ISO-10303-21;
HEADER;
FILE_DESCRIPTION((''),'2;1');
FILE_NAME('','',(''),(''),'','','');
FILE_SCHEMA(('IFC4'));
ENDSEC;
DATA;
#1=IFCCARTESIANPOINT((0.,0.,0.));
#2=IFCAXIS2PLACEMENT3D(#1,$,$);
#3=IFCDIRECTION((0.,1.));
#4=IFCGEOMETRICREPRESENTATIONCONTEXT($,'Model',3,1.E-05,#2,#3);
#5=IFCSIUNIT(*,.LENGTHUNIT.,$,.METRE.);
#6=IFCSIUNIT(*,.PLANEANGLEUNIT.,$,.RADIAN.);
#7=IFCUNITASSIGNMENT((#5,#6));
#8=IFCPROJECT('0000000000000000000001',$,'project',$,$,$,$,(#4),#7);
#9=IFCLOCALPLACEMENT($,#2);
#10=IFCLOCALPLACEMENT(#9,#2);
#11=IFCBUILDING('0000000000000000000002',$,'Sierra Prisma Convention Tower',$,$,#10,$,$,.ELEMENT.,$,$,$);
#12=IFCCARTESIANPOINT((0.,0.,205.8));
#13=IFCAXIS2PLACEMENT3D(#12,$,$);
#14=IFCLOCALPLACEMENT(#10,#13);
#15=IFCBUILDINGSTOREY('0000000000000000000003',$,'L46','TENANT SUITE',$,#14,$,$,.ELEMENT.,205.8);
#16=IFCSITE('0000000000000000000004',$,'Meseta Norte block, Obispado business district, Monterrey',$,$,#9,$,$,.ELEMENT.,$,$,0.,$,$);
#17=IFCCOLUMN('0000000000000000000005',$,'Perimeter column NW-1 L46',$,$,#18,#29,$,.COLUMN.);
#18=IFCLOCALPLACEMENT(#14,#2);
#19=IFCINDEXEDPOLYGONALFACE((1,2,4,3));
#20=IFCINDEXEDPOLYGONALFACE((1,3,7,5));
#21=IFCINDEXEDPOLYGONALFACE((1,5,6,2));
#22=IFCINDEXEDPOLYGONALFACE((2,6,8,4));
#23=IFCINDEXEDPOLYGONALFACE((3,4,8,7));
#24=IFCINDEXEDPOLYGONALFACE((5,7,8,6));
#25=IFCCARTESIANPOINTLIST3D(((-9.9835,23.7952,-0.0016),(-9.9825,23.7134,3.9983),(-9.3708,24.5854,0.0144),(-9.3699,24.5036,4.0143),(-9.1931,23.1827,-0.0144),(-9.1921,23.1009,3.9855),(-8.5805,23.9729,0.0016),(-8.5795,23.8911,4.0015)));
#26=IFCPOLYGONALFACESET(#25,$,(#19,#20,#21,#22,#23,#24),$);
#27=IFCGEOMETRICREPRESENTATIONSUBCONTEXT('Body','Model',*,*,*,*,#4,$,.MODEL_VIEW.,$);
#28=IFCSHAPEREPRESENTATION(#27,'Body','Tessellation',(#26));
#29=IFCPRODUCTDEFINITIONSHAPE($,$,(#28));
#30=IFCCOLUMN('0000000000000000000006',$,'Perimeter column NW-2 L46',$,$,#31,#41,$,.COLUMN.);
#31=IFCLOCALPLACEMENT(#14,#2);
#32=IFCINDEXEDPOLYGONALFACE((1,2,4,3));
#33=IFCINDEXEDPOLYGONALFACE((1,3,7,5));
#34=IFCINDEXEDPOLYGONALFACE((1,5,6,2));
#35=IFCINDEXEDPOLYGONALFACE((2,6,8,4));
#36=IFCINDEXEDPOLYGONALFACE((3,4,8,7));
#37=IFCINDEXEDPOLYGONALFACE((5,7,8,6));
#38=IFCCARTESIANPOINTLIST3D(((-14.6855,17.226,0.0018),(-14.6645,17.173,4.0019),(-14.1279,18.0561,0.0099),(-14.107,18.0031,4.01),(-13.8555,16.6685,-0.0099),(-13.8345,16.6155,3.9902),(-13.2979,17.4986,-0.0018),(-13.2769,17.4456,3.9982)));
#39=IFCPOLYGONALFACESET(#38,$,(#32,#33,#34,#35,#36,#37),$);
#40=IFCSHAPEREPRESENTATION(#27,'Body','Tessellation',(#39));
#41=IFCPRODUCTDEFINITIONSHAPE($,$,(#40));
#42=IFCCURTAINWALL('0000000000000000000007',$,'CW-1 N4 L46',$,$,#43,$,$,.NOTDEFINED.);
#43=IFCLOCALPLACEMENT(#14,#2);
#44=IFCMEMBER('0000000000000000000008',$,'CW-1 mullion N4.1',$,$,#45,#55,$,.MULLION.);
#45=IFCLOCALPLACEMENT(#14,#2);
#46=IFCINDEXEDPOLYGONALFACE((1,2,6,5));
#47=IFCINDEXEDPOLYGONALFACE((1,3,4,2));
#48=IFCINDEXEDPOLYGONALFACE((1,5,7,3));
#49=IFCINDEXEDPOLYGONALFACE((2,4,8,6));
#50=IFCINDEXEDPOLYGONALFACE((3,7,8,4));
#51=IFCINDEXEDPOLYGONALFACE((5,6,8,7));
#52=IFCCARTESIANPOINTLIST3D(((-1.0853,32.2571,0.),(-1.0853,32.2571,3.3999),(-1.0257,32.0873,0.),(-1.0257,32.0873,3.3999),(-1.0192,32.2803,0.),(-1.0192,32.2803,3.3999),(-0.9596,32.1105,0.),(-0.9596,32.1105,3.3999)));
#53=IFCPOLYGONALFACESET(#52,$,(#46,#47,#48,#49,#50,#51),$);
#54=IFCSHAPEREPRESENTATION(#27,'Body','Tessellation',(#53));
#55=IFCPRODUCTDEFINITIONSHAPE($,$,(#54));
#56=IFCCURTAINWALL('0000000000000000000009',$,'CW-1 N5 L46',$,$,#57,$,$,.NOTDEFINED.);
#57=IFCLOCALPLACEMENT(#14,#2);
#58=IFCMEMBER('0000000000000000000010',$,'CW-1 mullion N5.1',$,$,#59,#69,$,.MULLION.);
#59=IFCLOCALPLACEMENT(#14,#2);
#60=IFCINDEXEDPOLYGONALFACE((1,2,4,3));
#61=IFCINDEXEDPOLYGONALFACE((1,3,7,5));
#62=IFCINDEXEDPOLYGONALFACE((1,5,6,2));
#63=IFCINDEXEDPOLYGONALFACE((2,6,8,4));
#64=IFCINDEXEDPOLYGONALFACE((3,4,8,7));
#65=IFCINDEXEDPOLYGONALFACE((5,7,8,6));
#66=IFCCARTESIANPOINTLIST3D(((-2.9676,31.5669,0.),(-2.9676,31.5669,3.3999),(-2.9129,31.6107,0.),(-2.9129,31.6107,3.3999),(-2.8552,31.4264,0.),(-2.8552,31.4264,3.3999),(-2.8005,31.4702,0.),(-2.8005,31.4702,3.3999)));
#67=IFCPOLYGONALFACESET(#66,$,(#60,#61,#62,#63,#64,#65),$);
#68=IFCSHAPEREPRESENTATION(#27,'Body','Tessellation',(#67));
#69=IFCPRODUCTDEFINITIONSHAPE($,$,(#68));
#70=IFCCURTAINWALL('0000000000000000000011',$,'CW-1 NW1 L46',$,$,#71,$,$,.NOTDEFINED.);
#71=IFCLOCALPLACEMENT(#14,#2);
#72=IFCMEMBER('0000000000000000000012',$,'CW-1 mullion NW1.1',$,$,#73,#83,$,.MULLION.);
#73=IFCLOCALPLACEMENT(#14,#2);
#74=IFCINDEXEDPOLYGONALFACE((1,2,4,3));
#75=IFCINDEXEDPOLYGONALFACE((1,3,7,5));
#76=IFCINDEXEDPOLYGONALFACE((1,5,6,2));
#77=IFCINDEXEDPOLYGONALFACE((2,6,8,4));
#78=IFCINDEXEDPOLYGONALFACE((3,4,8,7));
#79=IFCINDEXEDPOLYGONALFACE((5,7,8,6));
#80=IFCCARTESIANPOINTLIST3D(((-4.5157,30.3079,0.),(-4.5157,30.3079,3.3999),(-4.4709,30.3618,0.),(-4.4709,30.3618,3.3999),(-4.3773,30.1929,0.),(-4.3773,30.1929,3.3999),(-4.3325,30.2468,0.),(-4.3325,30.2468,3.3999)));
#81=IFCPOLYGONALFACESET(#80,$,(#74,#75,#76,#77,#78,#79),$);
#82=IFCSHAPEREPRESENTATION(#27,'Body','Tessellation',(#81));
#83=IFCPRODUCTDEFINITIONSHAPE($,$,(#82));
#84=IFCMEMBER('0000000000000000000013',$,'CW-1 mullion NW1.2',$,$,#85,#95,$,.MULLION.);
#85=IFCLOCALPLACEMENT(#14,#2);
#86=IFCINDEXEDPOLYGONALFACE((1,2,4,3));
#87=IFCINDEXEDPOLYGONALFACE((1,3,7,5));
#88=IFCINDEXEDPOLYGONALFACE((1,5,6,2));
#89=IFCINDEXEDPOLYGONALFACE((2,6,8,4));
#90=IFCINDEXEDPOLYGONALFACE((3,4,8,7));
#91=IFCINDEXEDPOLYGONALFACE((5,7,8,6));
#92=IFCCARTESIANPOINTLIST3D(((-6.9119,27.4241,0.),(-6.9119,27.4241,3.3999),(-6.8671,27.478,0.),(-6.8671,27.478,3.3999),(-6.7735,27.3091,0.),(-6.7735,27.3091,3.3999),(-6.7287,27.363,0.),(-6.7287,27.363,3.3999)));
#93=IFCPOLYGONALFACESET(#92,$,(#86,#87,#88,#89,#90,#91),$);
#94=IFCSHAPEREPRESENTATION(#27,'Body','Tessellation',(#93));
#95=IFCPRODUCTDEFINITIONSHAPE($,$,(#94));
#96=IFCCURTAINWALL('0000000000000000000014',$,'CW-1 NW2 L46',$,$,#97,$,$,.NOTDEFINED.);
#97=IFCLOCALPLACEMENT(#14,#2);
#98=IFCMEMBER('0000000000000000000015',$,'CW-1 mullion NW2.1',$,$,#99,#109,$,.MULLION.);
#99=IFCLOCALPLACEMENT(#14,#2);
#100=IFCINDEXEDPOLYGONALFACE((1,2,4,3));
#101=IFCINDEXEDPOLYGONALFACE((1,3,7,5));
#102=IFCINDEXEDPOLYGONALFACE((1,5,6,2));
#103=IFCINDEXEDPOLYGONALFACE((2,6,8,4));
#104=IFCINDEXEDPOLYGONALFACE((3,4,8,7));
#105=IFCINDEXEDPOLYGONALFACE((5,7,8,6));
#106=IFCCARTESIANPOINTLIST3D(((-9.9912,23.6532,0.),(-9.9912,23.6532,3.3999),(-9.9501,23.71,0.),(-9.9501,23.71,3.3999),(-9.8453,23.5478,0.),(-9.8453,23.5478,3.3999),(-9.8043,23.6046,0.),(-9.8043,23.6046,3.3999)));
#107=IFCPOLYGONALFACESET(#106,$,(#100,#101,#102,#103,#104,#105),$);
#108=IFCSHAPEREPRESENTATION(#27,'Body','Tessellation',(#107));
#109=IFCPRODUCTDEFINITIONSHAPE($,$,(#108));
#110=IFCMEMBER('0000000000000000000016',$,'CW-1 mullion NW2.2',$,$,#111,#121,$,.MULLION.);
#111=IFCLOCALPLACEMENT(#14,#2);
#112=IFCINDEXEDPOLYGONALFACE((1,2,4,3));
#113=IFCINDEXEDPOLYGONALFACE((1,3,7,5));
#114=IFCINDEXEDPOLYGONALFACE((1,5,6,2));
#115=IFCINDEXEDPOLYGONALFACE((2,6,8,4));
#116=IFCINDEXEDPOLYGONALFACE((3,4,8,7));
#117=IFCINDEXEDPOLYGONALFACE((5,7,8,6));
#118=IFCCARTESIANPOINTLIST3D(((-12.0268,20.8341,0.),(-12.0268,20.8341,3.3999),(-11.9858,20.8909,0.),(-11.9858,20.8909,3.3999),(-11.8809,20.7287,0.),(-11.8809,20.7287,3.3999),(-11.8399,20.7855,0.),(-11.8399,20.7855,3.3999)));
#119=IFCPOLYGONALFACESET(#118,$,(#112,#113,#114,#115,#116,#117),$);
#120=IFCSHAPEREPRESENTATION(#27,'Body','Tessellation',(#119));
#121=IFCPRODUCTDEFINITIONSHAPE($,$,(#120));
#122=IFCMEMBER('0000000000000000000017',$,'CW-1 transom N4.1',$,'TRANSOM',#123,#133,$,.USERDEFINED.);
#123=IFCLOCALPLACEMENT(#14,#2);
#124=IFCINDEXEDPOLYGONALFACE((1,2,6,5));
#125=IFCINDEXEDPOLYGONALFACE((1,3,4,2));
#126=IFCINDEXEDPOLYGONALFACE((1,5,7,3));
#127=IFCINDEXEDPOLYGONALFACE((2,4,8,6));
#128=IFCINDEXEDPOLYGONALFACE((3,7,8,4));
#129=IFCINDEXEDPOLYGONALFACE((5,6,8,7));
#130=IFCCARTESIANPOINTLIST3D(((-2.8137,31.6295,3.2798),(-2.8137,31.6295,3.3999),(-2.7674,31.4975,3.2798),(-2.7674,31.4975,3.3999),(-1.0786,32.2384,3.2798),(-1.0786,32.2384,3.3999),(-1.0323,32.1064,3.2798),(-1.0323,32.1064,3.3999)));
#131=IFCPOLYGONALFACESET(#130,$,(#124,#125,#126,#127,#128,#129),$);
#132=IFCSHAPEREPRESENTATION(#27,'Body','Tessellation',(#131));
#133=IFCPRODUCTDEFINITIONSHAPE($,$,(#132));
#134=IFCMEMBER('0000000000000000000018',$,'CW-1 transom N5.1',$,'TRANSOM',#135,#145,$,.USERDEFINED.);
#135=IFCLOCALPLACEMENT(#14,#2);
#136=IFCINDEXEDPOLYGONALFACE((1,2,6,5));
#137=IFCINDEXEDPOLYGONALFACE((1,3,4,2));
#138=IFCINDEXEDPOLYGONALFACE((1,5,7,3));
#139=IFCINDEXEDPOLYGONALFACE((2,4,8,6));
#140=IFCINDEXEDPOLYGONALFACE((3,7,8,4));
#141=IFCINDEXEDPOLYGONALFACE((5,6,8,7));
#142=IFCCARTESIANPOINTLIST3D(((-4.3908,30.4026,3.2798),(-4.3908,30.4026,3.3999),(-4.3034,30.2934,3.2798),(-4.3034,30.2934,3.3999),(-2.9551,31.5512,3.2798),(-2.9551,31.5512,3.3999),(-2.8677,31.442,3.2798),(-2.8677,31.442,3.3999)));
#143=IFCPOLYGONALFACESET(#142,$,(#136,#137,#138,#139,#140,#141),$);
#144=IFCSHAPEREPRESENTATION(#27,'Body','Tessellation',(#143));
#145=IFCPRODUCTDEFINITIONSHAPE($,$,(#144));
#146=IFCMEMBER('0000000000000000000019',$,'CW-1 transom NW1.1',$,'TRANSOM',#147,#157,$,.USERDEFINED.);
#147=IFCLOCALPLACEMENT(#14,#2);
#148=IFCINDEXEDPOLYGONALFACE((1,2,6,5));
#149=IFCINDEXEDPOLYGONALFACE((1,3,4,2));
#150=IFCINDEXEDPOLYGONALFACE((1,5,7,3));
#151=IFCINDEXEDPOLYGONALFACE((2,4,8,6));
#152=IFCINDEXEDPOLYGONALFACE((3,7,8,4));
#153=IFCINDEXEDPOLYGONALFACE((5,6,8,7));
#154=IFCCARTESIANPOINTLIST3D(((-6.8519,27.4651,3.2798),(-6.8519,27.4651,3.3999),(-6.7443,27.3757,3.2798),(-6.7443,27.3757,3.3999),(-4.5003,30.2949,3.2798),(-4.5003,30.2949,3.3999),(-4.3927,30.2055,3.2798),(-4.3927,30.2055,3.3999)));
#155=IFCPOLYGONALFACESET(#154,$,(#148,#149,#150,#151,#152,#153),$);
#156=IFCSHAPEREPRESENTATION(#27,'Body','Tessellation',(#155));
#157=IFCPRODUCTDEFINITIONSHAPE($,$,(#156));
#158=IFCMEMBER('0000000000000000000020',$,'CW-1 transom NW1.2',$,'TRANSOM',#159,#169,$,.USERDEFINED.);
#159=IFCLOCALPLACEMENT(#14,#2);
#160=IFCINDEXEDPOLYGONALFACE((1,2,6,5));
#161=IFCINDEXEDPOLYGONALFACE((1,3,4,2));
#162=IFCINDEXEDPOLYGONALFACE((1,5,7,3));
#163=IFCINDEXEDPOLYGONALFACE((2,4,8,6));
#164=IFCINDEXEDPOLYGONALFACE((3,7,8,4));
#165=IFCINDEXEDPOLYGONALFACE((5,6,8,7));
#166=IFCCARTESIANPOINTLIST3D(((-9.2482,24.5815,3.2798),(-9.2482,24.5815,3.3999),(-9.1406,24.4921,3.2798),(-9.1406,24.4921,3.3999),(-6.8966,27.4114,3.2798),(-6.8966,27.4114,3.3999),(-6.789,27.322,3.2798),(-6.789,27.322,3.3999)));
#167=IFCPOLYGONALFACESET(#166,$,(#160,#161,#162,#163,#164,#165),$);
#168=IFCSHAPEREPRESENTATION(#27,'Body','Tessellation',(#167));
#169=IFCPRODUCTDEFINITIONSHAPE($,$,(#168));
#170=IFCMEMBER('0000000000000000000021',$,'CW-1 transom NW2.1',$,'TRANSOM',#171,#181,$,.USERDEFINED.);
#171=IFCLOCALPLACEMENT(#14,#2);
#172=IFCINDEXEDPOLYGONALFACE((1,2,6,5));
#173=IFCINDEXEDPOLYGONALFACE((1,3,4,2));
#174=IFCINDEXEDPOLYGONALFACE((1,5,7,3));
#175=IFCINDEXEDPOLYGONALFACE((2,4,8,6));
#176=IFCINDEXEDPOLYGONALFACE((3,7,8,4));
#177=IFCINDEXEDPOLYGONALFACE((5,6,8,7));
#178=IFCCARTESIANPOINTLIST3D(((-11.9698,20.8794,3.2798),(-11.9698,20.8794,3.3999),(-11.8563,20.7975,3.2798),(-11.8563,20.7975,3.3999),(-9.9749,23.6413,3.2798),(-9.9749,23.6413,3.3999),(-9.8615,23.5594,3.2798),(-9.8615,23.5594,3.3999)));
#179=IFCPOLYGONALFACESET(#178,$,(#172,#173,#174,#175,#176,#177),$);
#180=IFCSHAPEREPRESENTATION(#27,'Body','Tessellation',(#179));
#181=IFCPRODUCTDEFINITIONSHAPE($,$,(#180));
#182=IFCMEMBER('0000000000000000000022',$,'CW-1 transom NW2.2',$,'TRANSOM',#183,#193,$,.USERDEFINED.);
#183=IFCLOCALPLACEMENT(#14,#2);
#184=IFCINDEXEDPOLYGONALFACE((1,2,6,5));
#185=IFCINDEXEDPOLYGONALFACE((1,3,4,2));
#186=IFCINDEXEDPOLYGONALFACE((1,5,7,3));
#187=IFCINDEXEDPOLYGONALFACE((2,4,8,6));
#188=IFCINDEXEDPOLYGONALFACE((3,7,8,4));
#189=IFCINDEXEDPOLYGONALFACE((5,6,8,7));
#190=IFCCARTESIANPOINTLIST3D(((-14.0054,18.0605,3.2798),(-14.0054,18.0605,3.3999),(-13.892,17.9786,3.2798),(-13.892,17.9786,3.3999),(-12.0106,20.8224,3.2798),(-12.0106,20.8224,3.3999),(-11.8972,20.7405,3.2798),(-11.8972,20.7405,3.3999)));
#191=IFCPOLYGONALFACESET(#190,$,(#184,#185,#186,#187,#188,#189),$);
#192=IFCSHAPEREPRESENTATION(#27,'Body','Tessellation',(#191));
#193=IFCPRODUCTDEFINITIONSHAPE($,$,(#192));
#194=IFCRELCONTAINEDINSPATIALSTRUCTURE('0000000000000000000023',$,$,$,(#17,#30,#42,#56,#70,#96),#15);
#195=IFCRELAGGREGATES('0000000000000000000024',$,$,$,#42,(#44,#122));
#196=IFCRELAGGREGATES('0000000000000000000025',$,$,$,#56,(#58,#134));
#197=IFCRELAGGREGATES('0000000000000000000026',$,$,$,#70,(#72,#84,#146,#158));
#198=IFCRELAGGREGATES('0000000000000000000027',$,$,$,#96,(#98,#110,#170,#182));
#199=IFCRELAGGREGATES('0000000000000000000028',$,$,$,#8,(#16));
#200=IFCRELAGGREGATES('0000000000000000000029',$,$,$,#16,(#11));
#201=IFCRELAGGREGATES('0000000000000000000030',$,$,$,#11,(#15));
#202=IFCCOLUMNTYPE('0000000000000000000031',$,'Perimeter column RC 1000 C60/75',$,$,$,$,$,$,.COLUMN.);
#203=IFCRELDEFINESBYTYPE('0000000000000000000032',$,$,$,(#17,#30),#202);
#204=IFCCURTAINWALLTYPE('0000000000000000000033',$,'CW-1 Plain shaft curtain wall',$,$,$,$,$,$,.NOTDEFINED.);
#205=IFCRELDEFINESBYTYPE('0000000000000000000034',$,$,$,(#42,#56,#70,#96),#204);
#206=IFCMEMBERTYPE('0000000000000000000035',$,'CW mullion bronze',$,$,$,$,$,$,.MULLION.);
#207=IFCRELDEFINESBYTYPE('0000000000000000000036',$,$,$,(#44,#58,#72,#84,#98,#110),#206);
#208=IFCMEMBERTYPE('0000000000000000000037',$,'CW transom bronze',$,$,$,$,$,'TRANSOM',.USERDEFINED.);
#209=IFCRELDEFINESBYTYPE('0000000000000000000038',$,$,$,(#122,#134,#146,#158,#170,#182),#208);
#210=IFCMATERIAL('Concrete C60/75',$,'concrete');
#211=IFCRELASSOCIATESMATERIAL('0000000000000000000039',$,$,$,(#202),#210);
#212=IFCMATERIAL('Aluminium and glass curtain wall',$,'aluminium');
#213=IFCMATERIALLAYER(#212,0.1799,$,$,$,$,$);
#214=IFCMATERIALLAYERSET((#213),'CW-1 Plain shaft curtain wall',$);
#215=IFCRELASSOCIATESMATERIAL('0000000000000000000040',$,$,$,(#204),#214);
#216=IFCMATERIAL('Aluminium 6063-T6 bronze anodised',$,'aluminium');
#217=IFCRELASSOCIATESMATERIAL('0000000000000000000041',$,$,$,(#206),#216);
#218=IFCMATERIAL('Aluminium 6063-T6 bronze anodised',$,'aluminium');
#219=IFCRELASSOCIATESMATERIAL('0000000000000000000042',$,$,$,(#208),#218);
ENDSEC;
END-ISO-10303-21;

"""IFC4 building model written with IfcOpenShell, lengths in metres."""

from ifc_helpers import new_model, si_unit, direction, frame, origin, origin_2d, place, context, subcontext, project, spatial, rectangle, extrude, material, layer, layer_set, material_profile, profile_set, type_object, element, aggregate, save


model = new_model("IFC4")

# Units and contexts
model_context = context("Model", 3, precision=1e-05, world=origin(), true_north=direction((0.0, 1.0)))
body_context = subcontext(model_context, "Body", "Model", "MODEL_VIEW")
ifc_project = project(units=[si_unit("LENGTHUNIT", "METRE"), si_unit("PLANEANGLEUNIT", "RADIAN")], contexts=[model_context])

# Site, building, storey
site_placement = place(None, origin())
site = spatial("IfcSite", under=ifc_project, at=site_placement, Name="Meseta Norte block, Obispado business district, Monterrey", CompositionType="ELEMENT", RefElevation=0.0)
building_placement = place(site_placement, origin())
building = spatial("IfcBuilding", under=site, at=building_placement, Name="Sierra Prisma Convention Tower", CompositionType="ELEMENT")
storey_placement = place(building_placement, frame((0.0, 0.0, 205.8)))
storey = spatial("IfcBuildingStorey", under=building, at=storey_placement, Name="L46", Description="TENANT SUITE", CompositionType="ELEMENT", Elevation=205.8)

# Columns
ifc_material_1 = material(Name="Concrete C60/75", Category="concrete")
ifc_material_profile_1 = material_profile(ifc_material_1, rectangle(XDim=1.0, YDim=1.0, at=origin_2d()), Name="Perimeter column RC 1000 C60/75")
ifc_profile_set_1 = profile_set([ifc_material_profile_1], Name="Concrete C60/75")
column_type = type_object("IfcColumnType", Name="Perimeter column RC 1000 C60/75", PredefinedType="COLUMN", material=ifc_profile_set_1)
column_1_placement = place(storey_placement, frame((-9.282, 23.884, 0.0), z_axis=(0.000244, -0.020443, 0.999791), x_axis=(0.612639, 0.7902, 0.016007)))
element("IfcColumn", 1, at=column_1_placement, inside=storey, type_object=column_type, Name="Perimeter column NW-1 L46", PredefinedType="COLUMN", context=body_context, shape_type="SweptSolid", body=[
    extrude(rectangle(XDim=1.0, YDim=1.0, at=origin_2d()), origin(), (0.0, 0.0, 1.0), 4.0007),
])
column_2_placement = place(storey_placement, frame((-13.9917, 17.3623, 0.0), z_axis=(0.005248, -0.013243, 0.999899), x_axis=(0.557597, 0.830073, 0.008067)))
element("IfcColumn", 2, at=column_2_placement, inside=storey, type_object=column_type, Name="Perimeter column NW-2 L46", PredefinedType="COLUMN", context=body_context, shape_type="SweptSolid", body=[
    extrude(rectangle(XDim=1.0, YDim=1.0, at=origin_2d()), origin(), (0.0, 0.0, 1.0), 4.0005),
])

# Curtain walls, members
ifc_material_2 = material(Name="Aluminium and glass curtain wall", Category="aluminium")
ifc_layer_1 = layer(ifc_material_2, 0.1799)
ifc_layer_set_1 = layer_set([ifc_layer_1], Name="CW-1 Plain shaft curtain wall")
curtain_wall_type = type_object("IfcCurtainWallType", Name="CW-1 Plain shaft curtain wall", PredefinedType="NOTDEFINED", material=ifc_layer_set_1)
curtain_wall_1_placement = place(storey_placement, origin())
curtain_wall_1 = element("IfcCurtainWall", 3, at=curtain_wall_1_placement, inside=storey, type_object=curtain_wall_type, Name="CW-1 N4 L46", PredefinedType="NOTDEFINED")
ifc_material_3 = material(Name="Aluminium 6063-T6 bronze anodised", Category="aluminium")
ifc_material_profile_2 = material_profile(ifc_material_3, rectangle(XDim=0.1799, YDim=0.0701, at=origin_2d()), Name="ALU MULLION 70x180")
ifc_profile_set_2 = profile_set([ifc_material_profile_2], Name="Aluminium 6063-T6 bronze anodised")
member_type_1 = type_object("IfcMemberType", Name="CW mullion bronze", PredefinedType="MULLION", material=ifc_profile_set_2)
member_1_placement = place(storey_placement, frame((-1.0225, 32.1838, 0.0), z_axis=(0.0, 0.0, 1.0), x_axis=(0.331035, -0.943618, 0.0)))
member_1 = element("IfcMember", 4, at=member_1_placement, type_object=member_type_1, Name="CW-1 mullion N4.1", PredefinedType="MULLION", context=body_context, shape_type="SweptSolid", body=[
    extrude(rectangle(XDim=0.1799, YDim=0.0701, at=origin_2d()), origin(), (0.0, 0.0, 1.0), 3.3999),
])
curtain_wall_2_placement = place(storey_placement, origin())
curtain_wall_2 = element("IfcCurtainWall", 5, at=curtain_wall_2_placement, inside=storey, type_object=curtain_wall_type, Name="CW-1 N5 L46", PredefinedType="NOTDEFINED")
member_2_placement = place(storey_placement, frame((-2.884, 31.5186, 0.0), z_axis=(0.0, 0.0, 1.0), x_axis=(0.624742, -0.780832, 0.0)))
member_2 = element("IfcMember", 6, at=member_2_placement, type_object=member_type_1, Name="CW-1 mullion N5.1", PredefinedType="MULLION", context=body_context, shape_type="SweptSolid", body=[
    extrude(rectangle(XDim=0.1799, YDim=0.0701, at=origin_2d()), origin(), (0.0, 0.0, 1.0), 3.3999),
])

# Curtain walls, members
curtain_wall_3_placement = place(storey_placement, origin())
curtain_wall_3 = element("IfcCurtainWall", 7, at=curtain_wall_3_placement, inside=storey, type_object=curtain_wall_type, Name="CW-1 NW1 L46", PredefinedType="NOTDEFINED")
member_3_placement = place(storey_placement, frame((-4.4241, 30.2773, 0.0), z_axis=(0.0, 0.0, 1.0), x_axis=(0.769112, -0.639114, 0.0)))
member_3 = element("IfcMember", 8, at=member_3_placement, type_object=member_type_1, Name="CW-1 mullion NW1.1", PredefinedType="MULLION", context=body_context, shape_type="SweptSolid", body=[
    extrude(rectangle(XDim=0.1799, YDim=0.0701, at=origin_2d()), origin(), (0.0, 0.0, 1.0), 3.3999),
])
member_4_placement = place(storey_placement, frame((-6.8203, 27.3936, 0.0), z_axis=(0.0, 0.0, 1.0), x_axis=(0.769112, -0.639114, 0.0)))
member_4 = element("IfcMember", 9, at=member_4_placement, type_object=member_type_1, Name="CW-1 mullion NW1.2", PredefinedType="MULLION", context=body_context, shape_type="SweptSolid", body=[
    extrude(rectangle(XDim=0.1799, YDim=0.0701, at=origin_2d()), origin(), (0.0, 0.0, 1.0), 3.3999),
])
curtain_wall_4_placement = place(storey_placement, origin())
curtain_wall_4 = element("IfcCurtainWall", 10, at=curtain_wall_4_placement, inside=storey, type_object=curtain_wall_type, Name="CW-1 NW2 L46", PredefinedType="NOTDEFINED")
member_5_placement = place(storey_placement, frame((-9.8977, 23.6289, 0.0), z_axis=(0.0, 0.0, 1.0), x_axis=(0.810701, -0.58546, 0.0)))
member_5 = element("IfcMember", 11, at=member_5_placement, type_object=member_type_1, Name="CW-1 mullion NW2.1", PredefinedType="MULLION", context=body_context, shape_type="SweptSolid", body=[
    extrude(rectangle(XDim=0.1799, YDim=0.0701, at=origin_2d()), origin(), (0.0, 0.0, 1.0), 3.3999),
])
member_6_placement = place(storey_placement, frame((-11.9333, 20.8098, 0.0), z_axis=(0.0, 0.0, 1.0), x_axis=(0.810701, -0.58546, 0.0)))
member_6 = element("IfcMember", 12, at=member_6_placement, type_object=member_type_1, Name="CW-1 mullion NW2.2", PredefinedType="MULLION", context=body_context, shape_type="SweptSolid", body=[
    extrude(rectangle(XDim=0.1799, YDim=0.0701, at=origin_2d()), origin(), (0.0, 0.0, 1.0), 3.3999),
])

# Members
ifc_material_4 = material(Name="Aluminium 6063-T6 bronze anodised", Category="aluminium")
ifc_material_profile_3 = material_profile(ifc_material_4, rectangle(XDim=0.1399, YDim=0.1201, at=origin_2d()), Name="ALU TRANSOM 120x140")
ifc_profile_set_3 = profile_set([ifc_material_profile_3], Name="Aluminium 6063-T6 bronze anodised")
member_type_2 = type_object("IfcMemberType", Name="CW transom bronze", ElementType="TRANSOM", PredefinedType="USERDEFINED", material=ifc_profile_set_3)
member_7_placement = place(storey_placement, frame((-1.0554, 32.1724, 3.3398), z_axis=(-0.943587, -0.331125, 0.0), x_axis=(0.331125, -0.943587, 0.0)))
member_7 = element("IfcMember", 13, at=member_7_placement, type_object=member_type_2, Name="CW-1 transom N4.1", ObjectType="TRANSOM", PredefinedType="USERDEFINED", context=body_context, shape_type="SweptSolid", body=[
    extrude(rectangle(XDim=0.1399, YDim=0.1201, at=origin_2d()), origin(), (0.0, 0.0, 1.0), 1.8389),
])
member_8_placement = place(storey_placement, frame((-2.9114, 31.4966, 3.3398), z_axis=(-0.780856, -0.624711, 0.0), x_axis=(0.624711, -0.780856, 0.0)))
member_8 = element("IfcMember", 14, at=member_8_placement, type_object=member_type_2, Name="CW-1 transom N5.1", ObjectType="TRANSOM", PredefinedType="USERDEFINED", context=body_context, shape_type="SweptSolid", body=[
    extrude(rectangle(XDim=0.1399, YDim=0.1201, at=origin_2d()), origin(), (0.0, 0.0, 1.0), 1.8386),
])
member_9_placement = place(storey_placement, frame((-4.4465, 30.2502, 3.3398), z_axis=(-0.63912, -0.769107, 0.0), x_axis=(0.769107, -0.63912, 0.0)))
member_9 = element("IfcMember", 15, at=member_9_placement, type_object=member_type_2, Name="CW-1 transom NW1.1", ObjectType="TRANSOM", PredefinedType="USERDEFINED", context=body_context, shape_type="SweptSolid", body=[
    extrude(rectangle(XDim=0.1399, YDim=0.1201, at=origin_2d()), origin(), (0.0, 0.0, 1.0), 3.6794),
])
member_10_placement = place(storey_placement, frame((-6.8428, 27.3667, 3.3398), z_axis=(-0.63912, -0.769107, 0.0), x_axis=(0.769107, -0.63912, 0.0)))
member_10 = element("IfcMember", 16, at=member_10_placement, type_object=member_type_2, Name="CW-1 transom NW1.2", ObjectType="TRANSOM", PredefinedType="USERDEFINED", context=body_context, shape_type="SweptSolid", body=[
    extrude(rectangle(XDim=0.1399, YDim=0.1201, at=origin_2d()), origin(), (0.0, 0.0, 1.0), 3.6794),
])
member_11_placement = place(storey_placement, frame((-9.9182, 23.6003, 3.3398), z_axis=(-0.585514, -0.810662, 0.0), x_axis=(0.810662, -0.585514, 0.0)))
member_11 = element("IfcMember", 17, at=member_11_placement, type_object=member_type_2, Name="CW-1 transom NW2.1", ObjectType="TRANSOM", PredefinedType="USERDEFINED", context=body_context, shape_type="SweptSolid", body=[
    extrude(rectangle(XDim=0.1399, YDim=0.1201, at=origin_2d()), origin(), (0.0, 0.0, 1.0), 3.407),
])
member_12_placement = place(storey_placement, frame((-11.9539, 20.7815, 3.3398), z_axis=(-0.585514, -0.810662, 0.0), x_axis=(0.810662, -0.585514, 0.0)))
member_12 = element("IfcMember", 18, at=member_12_placement, type_object=member_type_2, Name="CW-1 transom NW2.2", ObjectType="TRANSOM", PredefinedType="USERDEFINED", context=body_context, shape_type="SweptSolid", body=[
    extrude(rectangle(XDim=0.1399, YDim=0.1201, at=origin_2d()), origin(), (0.0, 0.0, 1.0), 3.407),
])

aggregate(curtain_wall_1, [member_1, member_7])
aggregate(curtain_wall_2, [member_2, member_8])
aggregate(curtain_wall_3, [member_3, member_4, member_9, member_10])
aggregate(curtain_wall_4, [member_5, member_6, member_11, member_12])

save(model, "model.ifc")
